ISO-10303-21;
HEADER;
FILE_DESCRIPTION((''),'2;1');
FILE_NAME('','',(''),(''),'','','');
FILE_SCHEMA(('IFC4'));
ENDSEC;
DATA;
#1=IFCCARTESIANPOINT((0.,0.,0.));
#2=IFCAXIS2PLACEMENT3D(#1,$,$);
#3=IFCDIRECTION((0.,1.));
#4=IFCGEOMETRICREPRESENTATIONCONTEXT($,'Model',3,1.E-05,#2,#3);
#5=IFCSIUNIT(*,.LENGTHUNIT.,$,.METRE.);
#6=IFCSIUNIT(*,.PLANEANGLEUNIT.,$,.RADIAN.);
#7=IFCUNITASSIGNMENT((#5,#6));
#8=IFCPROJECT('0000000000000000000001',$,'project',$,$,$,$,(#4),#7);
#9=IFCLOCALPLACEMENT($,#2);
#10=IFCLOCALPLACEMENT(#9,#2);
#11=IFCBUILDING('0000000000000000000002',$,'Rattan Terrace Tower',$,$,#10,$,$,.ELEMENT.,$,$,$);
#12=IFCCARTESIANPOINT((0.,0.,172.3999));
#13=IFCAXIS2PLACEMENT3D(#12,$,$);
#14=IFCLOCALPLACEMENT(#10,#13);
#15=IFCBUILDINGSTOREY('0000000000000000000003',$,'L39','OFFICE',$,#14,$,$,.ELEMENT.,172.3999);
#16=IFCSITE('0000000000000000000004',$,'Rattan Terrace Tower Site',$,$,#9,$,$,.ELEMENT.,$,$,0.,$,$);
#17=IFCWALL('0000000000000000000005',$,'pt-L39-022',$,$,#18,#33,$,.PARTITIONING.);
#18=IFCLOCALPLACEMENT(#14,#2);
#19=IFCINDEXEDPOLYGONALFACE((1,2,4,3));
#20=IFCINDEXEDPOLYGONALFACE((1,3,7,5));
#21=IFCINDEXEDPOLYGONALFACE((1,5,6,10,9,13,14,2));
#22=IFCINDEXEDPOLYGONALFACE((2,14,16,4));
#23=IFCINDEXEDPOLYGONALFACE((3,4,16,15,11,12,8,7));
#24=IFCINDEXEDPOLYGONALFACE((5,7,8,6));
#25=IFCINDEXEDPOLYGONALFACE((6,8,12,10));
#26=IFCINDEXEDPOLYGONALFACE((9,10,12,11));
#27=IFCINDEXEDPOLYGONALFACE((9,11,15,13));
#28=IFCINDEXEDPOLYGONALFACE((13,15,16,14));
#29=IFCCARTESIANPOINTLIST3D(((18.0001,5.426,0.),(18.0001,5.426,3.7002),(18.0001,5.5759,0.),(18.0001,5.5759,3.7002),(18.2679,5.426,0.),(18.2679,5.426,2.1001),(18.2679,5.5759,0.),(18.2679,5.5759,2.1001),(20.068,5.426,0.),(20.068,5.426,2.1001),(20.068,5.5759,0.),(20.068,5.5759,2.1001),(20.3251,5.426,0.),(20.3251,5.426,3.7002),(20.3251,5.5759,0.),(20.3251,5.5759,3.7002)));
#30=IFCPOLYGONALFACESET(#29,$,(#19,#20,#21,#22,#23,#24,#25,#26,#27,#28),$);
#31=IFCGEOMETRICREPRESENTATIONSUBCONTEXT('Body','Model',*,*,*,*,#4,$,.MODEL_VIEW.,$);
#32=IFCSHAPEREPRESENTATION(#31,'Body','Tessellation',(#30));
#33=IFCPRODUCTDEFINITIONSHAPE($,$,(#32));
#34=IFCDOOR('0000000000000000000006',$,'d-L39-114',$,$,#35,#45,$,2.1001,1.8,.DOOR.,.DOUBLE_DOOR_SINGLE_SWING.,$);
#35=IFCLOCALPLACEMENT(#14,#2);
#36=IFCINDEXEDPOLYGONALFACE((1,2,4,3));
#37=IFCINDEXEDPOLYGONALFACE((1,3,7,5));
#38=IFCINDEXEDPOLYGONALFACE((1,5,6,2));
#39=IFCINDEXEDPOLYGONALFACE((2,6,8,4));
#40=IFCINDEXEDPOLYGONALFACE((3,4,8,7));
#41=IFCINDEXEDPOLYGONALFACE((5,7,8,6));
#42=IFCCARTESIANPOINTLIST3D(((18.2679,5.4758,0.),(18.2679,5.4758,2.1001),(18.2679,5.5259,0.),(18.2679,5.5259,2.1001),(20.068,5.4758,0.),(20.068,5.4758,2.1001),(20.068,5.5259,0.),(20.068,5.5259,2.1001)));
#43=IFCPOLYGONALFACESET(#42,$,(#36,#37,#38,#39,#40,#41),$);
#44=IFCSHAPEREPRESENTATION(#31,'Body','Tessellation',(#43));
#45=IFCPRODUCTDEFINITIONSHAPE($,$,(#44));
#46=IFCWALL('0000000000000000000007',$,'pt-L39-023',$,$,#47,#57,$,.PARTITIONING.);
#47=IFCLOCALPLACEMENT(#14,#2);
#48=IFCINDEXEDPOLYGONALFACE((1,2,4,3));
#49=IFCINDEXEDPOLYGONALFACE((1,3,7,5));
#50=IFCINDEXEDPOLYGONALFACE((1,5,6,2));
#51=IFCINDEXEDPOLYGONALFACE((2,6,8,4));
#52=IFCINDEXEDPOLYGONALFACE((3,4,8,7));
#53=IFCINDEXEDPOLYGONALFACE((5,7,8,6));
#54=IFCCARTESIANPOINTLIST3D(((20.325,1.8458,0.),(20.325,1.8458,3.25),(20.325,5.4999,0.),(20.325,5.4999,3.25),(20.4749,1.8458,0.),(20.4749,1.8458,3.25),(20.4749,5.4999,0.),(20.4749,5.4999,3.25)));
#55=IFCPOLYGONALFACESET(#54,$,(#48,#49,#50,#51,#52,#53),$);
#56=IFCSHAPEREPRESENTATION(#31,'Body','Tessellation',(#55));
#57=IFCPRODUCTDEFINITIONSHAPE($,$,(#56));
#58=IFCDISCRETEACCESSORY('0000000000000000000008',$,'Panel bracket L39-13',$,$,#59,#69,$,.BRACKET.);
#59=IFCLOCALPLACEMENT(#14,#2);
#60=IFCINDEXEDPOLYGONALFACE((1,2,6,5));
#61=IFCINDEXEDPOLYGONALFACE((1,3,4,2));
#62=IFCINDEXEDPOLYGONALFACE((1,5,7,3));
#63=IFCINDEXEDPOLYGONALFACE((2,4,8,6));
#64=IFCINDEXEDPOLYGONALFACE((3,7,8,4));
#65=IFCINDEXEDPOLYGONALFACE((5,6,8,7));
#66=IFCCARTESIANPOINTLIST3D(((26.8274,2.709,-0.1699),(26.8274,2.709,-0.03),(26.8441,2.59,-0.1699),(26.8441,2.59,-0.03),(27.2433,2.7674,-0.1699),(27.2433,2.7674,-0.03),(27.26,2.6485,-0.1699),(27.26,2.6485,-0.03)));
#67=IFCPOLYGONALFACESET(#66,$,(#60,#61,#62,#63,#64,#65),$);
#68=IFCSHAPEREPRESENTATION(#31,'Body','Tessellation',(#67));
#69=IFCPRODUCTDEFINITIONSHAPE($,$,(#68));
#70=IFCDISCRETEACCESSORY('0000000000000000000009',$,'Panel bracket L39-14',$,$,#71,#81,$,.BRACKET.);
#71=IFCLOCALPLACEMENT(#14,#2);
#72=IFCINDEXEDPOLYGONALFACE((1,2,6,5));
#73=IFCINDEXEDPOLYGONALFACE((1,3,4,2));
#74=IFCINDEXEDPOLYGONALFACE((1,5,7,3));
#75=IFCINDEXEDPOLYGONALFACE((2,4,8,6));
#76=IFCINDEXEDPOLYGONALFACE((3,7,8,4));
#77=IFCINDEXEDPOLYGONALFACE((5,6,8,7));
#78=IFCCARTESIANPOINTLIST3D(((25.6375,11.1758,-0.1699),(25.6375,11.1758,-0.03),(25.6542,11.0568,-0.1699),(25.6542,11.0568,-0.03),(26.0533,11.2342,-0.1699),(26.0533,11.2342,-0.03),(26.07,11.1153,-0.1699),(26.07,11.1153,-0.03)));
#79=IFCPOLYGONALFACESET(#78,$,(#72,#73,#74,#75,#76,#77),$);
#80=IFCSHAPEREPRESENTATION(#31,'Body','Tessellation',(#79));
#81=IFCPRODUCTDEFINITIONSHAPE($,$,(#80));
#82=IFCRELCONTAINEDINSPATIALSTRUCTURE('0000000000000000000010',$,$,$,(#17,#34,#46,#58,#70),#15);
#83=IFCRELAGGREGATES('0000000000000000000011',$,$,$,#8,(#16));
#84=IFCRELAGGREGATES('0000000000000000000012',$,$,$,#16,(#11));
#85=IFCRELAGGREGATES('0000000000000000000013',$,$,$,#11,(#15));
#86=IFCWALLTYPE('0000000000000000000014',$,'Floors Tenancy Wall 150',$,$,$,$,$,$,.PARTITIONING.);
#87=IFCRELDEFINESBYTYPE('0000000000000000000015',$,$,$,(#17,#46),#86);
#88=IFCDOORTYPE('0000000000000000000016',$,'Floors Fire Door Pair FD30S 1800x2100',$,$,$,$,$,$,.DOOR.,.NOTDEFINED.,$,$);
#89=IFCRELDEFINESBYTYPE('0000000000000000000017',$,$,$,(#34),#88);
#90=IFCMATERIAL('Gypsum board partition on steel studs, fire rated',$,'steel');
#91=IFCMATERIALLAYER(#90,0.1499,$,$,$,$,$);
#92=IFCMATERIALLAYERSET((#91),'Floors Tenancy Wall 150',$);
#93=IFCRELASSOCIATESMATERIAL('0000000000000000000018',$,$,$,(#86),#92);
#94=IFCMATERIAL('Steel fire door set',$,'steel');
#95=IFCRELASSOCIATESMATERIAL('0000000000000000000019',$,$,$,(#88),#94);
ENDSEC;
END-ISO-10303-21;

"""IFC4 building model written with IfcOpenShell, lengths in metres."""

from ifc_helpers import new_model, si_unit, direction, frame, frame_2d, origin, origin_2d, place, context, subcontext, project, spatial, rectangle, extrude, material, layer, layer_set, type_object, element, fill, save


model = new_model("IFC4")

# Units and contexts
model_context = context("Model", 3, precision=1e-05, world=origin(), true_north=direction((0.0, 1.0)))
body_context = subcontext(model_context, "Body", "Model", "MODEL_VIEW")
ifc_project = project(units=[si_unit("LENGTHUNIT", "METRE"), si_unit("PLANEANGLEUNIT", "RADIAN")], contexts=[model_context])

# Site, building, storey
site_placement = place(None, origin())
site = spatial("IfcSite", under=ifc_project, at=site_placement, Name="Rattan Terrace Tower Site", CompositionType="ELEMENT", RefElevation=0.0)
building_placement = place(site_placement, origin())
building = spatial("IfcBuilding", under=site, at=building_placement, Name="Rattan Terrace Tower", CompositionType="ELEMENT")
storey_placement = place(building_placement, frame((0.0, 0.0, 172.3999)))
storey = spatial("IfcBuildingStorey", under=building, at=storey_placement, Name="L39", Description="OFFICE", CompositionType="ELEMENT", Elevation=172.3999)

# Wall, opening, door
ifc_material_1 = material(Name="Gypsum board partition on steel studs, fire rated", Category="steel")
ifc_layer_1 = layer(ifc_material_1, 0.1499)
ifc_layer_set_1 = layer_set([ifc_layer_1], Name="Floors Tenancy Wall 150")
wall_type_1 = type_object("IfcWallType", Name="Floors Tenancy Wall 150", PredefinedType="PARTITIONING", material=ifc_layer_set_1)
wall_1_placement = place(storey_placement, frame((18.0, 5.501, 0.0), z_axis=(0.0, 0.0, 1.0), x_axis=(1.0, 0.0, 0.0)))
wall_1 = element("IfcWall", 1, at=wall_1_placement, inside=storey, type_object=wall_type_1, Name="pt-L39-022", PredefinedType="PARTITIONING", context=body_context, shape_type="SweptSolid", body=[
    extrude(rectangle(XDim=2.325, YDim=0.1499, at=frame_2d((1.1626, 0.0))), origin(), (0.0, 0.0, 1.0), 3.7002),
])
opening_1_placement = place(wall_1_placement, frame((0.2681, 0.0, 0.0)))
opening_1 = element("IfcOpeningElement", 2, at=opening_1_placement, cuts=wall_1, PredefinedType="OPENING", context=body_context, shape_type="SweptSolid", body=[
    extrude(rectangle(XDim=1.8, YDim=2.1001, at=frame_2d((0.8999, 1.05))), frame((0.0, 0.0854, 0.0), z_axis=(0.0, -1.0, 0.0), x_axis=(1.0, 0.0, 0.0)), (0.0, 0.0, 1.0), 0.1709),
])
ifc_material_2 = material(Name="Steel fire door set", Category="steel")
door_type_1 = type_object("IfcDoorType", Name="Floors Fire Door Pair FD30S 1800x2100", OperationType="NOTDEFINED", PredefinedType="DOOR", material=ifc_material_2)
door_1_placement = place(opening_1_placement, origin())
door_1 = element("IfcDoor", 3, at=door_1_placement, inside=storey, type_object=door_type_1, Name="d-L39-114", OperationType="DOUBLE_DOOR_SINGLE_SWING", OverallHeight=2.1001, OverallWidth=1.8, PredefinedType="DOOR", context=body_context, shape_type="SweptSolid", body=[
    extrude(rectangle(XDim=1.8, YDim=2.1001, at=frame_2d((0.8999, 1.05))), frame((0.0, 0.0249, 0.0), z_axis=(0.0, -1.0, 0.0), x_axis=(1.0, 0.0, 0.0)), (0.0, 0.0, 1.0), 0.05),
])
fill(opening_1, door_1)

# Wall
wall_2_placement = place(storey_placement, frame((20.3999, 5.5, 0.0), z_axis=(0.0, 0.0, 1.0), x_axis=(0.0, -1.0, 0.0)))
element("IfcWall", 4, at=wall_2_placement, inside=storey, type_object=wall_type_1, Name="pt-L39-023", PredefinedType="PARTITIONING", context=body_context, shape_type="SweptSolid", body=[
    extrude(rectangle(XDim=3.6541, YDim=0.1499, at=frame_2d((1.8271, 0.0))), origin(), (0.0, 0.0, 1.0), 3.25),
])

# Discrete accessories
for number, where, z_axis, x_axis, name in (
    (5, (27.0437, 2.6787, -0.1699), (0.0, 0.0, 1.0), (-0.139191, 0.990266, 0.0), "Panel bracket L39-13"),
    (6, (25.8538, 11.1455, -0.1699), (0.0, 0.0, 1.0), (-0.139191, 0.990266, 0.0), "Panel bracket L39-14"),
):
    element("IfcDiscreteAccessory", number, at=place(storey_placement, frame(where, z_axis=z_axis, x_axis=x_axis)), inside=storey, Name=name, PredefinedType="BRACKET", context=body_context, shape_type="SweptSolid", body=[
        extrude(rectangle(XDim=0.1201, YDim=0.4199, at=origin_2d()), origin(), (0.0, 0.0, 1.0), 0.1399),
    ])

save(model, "model.ifc")
